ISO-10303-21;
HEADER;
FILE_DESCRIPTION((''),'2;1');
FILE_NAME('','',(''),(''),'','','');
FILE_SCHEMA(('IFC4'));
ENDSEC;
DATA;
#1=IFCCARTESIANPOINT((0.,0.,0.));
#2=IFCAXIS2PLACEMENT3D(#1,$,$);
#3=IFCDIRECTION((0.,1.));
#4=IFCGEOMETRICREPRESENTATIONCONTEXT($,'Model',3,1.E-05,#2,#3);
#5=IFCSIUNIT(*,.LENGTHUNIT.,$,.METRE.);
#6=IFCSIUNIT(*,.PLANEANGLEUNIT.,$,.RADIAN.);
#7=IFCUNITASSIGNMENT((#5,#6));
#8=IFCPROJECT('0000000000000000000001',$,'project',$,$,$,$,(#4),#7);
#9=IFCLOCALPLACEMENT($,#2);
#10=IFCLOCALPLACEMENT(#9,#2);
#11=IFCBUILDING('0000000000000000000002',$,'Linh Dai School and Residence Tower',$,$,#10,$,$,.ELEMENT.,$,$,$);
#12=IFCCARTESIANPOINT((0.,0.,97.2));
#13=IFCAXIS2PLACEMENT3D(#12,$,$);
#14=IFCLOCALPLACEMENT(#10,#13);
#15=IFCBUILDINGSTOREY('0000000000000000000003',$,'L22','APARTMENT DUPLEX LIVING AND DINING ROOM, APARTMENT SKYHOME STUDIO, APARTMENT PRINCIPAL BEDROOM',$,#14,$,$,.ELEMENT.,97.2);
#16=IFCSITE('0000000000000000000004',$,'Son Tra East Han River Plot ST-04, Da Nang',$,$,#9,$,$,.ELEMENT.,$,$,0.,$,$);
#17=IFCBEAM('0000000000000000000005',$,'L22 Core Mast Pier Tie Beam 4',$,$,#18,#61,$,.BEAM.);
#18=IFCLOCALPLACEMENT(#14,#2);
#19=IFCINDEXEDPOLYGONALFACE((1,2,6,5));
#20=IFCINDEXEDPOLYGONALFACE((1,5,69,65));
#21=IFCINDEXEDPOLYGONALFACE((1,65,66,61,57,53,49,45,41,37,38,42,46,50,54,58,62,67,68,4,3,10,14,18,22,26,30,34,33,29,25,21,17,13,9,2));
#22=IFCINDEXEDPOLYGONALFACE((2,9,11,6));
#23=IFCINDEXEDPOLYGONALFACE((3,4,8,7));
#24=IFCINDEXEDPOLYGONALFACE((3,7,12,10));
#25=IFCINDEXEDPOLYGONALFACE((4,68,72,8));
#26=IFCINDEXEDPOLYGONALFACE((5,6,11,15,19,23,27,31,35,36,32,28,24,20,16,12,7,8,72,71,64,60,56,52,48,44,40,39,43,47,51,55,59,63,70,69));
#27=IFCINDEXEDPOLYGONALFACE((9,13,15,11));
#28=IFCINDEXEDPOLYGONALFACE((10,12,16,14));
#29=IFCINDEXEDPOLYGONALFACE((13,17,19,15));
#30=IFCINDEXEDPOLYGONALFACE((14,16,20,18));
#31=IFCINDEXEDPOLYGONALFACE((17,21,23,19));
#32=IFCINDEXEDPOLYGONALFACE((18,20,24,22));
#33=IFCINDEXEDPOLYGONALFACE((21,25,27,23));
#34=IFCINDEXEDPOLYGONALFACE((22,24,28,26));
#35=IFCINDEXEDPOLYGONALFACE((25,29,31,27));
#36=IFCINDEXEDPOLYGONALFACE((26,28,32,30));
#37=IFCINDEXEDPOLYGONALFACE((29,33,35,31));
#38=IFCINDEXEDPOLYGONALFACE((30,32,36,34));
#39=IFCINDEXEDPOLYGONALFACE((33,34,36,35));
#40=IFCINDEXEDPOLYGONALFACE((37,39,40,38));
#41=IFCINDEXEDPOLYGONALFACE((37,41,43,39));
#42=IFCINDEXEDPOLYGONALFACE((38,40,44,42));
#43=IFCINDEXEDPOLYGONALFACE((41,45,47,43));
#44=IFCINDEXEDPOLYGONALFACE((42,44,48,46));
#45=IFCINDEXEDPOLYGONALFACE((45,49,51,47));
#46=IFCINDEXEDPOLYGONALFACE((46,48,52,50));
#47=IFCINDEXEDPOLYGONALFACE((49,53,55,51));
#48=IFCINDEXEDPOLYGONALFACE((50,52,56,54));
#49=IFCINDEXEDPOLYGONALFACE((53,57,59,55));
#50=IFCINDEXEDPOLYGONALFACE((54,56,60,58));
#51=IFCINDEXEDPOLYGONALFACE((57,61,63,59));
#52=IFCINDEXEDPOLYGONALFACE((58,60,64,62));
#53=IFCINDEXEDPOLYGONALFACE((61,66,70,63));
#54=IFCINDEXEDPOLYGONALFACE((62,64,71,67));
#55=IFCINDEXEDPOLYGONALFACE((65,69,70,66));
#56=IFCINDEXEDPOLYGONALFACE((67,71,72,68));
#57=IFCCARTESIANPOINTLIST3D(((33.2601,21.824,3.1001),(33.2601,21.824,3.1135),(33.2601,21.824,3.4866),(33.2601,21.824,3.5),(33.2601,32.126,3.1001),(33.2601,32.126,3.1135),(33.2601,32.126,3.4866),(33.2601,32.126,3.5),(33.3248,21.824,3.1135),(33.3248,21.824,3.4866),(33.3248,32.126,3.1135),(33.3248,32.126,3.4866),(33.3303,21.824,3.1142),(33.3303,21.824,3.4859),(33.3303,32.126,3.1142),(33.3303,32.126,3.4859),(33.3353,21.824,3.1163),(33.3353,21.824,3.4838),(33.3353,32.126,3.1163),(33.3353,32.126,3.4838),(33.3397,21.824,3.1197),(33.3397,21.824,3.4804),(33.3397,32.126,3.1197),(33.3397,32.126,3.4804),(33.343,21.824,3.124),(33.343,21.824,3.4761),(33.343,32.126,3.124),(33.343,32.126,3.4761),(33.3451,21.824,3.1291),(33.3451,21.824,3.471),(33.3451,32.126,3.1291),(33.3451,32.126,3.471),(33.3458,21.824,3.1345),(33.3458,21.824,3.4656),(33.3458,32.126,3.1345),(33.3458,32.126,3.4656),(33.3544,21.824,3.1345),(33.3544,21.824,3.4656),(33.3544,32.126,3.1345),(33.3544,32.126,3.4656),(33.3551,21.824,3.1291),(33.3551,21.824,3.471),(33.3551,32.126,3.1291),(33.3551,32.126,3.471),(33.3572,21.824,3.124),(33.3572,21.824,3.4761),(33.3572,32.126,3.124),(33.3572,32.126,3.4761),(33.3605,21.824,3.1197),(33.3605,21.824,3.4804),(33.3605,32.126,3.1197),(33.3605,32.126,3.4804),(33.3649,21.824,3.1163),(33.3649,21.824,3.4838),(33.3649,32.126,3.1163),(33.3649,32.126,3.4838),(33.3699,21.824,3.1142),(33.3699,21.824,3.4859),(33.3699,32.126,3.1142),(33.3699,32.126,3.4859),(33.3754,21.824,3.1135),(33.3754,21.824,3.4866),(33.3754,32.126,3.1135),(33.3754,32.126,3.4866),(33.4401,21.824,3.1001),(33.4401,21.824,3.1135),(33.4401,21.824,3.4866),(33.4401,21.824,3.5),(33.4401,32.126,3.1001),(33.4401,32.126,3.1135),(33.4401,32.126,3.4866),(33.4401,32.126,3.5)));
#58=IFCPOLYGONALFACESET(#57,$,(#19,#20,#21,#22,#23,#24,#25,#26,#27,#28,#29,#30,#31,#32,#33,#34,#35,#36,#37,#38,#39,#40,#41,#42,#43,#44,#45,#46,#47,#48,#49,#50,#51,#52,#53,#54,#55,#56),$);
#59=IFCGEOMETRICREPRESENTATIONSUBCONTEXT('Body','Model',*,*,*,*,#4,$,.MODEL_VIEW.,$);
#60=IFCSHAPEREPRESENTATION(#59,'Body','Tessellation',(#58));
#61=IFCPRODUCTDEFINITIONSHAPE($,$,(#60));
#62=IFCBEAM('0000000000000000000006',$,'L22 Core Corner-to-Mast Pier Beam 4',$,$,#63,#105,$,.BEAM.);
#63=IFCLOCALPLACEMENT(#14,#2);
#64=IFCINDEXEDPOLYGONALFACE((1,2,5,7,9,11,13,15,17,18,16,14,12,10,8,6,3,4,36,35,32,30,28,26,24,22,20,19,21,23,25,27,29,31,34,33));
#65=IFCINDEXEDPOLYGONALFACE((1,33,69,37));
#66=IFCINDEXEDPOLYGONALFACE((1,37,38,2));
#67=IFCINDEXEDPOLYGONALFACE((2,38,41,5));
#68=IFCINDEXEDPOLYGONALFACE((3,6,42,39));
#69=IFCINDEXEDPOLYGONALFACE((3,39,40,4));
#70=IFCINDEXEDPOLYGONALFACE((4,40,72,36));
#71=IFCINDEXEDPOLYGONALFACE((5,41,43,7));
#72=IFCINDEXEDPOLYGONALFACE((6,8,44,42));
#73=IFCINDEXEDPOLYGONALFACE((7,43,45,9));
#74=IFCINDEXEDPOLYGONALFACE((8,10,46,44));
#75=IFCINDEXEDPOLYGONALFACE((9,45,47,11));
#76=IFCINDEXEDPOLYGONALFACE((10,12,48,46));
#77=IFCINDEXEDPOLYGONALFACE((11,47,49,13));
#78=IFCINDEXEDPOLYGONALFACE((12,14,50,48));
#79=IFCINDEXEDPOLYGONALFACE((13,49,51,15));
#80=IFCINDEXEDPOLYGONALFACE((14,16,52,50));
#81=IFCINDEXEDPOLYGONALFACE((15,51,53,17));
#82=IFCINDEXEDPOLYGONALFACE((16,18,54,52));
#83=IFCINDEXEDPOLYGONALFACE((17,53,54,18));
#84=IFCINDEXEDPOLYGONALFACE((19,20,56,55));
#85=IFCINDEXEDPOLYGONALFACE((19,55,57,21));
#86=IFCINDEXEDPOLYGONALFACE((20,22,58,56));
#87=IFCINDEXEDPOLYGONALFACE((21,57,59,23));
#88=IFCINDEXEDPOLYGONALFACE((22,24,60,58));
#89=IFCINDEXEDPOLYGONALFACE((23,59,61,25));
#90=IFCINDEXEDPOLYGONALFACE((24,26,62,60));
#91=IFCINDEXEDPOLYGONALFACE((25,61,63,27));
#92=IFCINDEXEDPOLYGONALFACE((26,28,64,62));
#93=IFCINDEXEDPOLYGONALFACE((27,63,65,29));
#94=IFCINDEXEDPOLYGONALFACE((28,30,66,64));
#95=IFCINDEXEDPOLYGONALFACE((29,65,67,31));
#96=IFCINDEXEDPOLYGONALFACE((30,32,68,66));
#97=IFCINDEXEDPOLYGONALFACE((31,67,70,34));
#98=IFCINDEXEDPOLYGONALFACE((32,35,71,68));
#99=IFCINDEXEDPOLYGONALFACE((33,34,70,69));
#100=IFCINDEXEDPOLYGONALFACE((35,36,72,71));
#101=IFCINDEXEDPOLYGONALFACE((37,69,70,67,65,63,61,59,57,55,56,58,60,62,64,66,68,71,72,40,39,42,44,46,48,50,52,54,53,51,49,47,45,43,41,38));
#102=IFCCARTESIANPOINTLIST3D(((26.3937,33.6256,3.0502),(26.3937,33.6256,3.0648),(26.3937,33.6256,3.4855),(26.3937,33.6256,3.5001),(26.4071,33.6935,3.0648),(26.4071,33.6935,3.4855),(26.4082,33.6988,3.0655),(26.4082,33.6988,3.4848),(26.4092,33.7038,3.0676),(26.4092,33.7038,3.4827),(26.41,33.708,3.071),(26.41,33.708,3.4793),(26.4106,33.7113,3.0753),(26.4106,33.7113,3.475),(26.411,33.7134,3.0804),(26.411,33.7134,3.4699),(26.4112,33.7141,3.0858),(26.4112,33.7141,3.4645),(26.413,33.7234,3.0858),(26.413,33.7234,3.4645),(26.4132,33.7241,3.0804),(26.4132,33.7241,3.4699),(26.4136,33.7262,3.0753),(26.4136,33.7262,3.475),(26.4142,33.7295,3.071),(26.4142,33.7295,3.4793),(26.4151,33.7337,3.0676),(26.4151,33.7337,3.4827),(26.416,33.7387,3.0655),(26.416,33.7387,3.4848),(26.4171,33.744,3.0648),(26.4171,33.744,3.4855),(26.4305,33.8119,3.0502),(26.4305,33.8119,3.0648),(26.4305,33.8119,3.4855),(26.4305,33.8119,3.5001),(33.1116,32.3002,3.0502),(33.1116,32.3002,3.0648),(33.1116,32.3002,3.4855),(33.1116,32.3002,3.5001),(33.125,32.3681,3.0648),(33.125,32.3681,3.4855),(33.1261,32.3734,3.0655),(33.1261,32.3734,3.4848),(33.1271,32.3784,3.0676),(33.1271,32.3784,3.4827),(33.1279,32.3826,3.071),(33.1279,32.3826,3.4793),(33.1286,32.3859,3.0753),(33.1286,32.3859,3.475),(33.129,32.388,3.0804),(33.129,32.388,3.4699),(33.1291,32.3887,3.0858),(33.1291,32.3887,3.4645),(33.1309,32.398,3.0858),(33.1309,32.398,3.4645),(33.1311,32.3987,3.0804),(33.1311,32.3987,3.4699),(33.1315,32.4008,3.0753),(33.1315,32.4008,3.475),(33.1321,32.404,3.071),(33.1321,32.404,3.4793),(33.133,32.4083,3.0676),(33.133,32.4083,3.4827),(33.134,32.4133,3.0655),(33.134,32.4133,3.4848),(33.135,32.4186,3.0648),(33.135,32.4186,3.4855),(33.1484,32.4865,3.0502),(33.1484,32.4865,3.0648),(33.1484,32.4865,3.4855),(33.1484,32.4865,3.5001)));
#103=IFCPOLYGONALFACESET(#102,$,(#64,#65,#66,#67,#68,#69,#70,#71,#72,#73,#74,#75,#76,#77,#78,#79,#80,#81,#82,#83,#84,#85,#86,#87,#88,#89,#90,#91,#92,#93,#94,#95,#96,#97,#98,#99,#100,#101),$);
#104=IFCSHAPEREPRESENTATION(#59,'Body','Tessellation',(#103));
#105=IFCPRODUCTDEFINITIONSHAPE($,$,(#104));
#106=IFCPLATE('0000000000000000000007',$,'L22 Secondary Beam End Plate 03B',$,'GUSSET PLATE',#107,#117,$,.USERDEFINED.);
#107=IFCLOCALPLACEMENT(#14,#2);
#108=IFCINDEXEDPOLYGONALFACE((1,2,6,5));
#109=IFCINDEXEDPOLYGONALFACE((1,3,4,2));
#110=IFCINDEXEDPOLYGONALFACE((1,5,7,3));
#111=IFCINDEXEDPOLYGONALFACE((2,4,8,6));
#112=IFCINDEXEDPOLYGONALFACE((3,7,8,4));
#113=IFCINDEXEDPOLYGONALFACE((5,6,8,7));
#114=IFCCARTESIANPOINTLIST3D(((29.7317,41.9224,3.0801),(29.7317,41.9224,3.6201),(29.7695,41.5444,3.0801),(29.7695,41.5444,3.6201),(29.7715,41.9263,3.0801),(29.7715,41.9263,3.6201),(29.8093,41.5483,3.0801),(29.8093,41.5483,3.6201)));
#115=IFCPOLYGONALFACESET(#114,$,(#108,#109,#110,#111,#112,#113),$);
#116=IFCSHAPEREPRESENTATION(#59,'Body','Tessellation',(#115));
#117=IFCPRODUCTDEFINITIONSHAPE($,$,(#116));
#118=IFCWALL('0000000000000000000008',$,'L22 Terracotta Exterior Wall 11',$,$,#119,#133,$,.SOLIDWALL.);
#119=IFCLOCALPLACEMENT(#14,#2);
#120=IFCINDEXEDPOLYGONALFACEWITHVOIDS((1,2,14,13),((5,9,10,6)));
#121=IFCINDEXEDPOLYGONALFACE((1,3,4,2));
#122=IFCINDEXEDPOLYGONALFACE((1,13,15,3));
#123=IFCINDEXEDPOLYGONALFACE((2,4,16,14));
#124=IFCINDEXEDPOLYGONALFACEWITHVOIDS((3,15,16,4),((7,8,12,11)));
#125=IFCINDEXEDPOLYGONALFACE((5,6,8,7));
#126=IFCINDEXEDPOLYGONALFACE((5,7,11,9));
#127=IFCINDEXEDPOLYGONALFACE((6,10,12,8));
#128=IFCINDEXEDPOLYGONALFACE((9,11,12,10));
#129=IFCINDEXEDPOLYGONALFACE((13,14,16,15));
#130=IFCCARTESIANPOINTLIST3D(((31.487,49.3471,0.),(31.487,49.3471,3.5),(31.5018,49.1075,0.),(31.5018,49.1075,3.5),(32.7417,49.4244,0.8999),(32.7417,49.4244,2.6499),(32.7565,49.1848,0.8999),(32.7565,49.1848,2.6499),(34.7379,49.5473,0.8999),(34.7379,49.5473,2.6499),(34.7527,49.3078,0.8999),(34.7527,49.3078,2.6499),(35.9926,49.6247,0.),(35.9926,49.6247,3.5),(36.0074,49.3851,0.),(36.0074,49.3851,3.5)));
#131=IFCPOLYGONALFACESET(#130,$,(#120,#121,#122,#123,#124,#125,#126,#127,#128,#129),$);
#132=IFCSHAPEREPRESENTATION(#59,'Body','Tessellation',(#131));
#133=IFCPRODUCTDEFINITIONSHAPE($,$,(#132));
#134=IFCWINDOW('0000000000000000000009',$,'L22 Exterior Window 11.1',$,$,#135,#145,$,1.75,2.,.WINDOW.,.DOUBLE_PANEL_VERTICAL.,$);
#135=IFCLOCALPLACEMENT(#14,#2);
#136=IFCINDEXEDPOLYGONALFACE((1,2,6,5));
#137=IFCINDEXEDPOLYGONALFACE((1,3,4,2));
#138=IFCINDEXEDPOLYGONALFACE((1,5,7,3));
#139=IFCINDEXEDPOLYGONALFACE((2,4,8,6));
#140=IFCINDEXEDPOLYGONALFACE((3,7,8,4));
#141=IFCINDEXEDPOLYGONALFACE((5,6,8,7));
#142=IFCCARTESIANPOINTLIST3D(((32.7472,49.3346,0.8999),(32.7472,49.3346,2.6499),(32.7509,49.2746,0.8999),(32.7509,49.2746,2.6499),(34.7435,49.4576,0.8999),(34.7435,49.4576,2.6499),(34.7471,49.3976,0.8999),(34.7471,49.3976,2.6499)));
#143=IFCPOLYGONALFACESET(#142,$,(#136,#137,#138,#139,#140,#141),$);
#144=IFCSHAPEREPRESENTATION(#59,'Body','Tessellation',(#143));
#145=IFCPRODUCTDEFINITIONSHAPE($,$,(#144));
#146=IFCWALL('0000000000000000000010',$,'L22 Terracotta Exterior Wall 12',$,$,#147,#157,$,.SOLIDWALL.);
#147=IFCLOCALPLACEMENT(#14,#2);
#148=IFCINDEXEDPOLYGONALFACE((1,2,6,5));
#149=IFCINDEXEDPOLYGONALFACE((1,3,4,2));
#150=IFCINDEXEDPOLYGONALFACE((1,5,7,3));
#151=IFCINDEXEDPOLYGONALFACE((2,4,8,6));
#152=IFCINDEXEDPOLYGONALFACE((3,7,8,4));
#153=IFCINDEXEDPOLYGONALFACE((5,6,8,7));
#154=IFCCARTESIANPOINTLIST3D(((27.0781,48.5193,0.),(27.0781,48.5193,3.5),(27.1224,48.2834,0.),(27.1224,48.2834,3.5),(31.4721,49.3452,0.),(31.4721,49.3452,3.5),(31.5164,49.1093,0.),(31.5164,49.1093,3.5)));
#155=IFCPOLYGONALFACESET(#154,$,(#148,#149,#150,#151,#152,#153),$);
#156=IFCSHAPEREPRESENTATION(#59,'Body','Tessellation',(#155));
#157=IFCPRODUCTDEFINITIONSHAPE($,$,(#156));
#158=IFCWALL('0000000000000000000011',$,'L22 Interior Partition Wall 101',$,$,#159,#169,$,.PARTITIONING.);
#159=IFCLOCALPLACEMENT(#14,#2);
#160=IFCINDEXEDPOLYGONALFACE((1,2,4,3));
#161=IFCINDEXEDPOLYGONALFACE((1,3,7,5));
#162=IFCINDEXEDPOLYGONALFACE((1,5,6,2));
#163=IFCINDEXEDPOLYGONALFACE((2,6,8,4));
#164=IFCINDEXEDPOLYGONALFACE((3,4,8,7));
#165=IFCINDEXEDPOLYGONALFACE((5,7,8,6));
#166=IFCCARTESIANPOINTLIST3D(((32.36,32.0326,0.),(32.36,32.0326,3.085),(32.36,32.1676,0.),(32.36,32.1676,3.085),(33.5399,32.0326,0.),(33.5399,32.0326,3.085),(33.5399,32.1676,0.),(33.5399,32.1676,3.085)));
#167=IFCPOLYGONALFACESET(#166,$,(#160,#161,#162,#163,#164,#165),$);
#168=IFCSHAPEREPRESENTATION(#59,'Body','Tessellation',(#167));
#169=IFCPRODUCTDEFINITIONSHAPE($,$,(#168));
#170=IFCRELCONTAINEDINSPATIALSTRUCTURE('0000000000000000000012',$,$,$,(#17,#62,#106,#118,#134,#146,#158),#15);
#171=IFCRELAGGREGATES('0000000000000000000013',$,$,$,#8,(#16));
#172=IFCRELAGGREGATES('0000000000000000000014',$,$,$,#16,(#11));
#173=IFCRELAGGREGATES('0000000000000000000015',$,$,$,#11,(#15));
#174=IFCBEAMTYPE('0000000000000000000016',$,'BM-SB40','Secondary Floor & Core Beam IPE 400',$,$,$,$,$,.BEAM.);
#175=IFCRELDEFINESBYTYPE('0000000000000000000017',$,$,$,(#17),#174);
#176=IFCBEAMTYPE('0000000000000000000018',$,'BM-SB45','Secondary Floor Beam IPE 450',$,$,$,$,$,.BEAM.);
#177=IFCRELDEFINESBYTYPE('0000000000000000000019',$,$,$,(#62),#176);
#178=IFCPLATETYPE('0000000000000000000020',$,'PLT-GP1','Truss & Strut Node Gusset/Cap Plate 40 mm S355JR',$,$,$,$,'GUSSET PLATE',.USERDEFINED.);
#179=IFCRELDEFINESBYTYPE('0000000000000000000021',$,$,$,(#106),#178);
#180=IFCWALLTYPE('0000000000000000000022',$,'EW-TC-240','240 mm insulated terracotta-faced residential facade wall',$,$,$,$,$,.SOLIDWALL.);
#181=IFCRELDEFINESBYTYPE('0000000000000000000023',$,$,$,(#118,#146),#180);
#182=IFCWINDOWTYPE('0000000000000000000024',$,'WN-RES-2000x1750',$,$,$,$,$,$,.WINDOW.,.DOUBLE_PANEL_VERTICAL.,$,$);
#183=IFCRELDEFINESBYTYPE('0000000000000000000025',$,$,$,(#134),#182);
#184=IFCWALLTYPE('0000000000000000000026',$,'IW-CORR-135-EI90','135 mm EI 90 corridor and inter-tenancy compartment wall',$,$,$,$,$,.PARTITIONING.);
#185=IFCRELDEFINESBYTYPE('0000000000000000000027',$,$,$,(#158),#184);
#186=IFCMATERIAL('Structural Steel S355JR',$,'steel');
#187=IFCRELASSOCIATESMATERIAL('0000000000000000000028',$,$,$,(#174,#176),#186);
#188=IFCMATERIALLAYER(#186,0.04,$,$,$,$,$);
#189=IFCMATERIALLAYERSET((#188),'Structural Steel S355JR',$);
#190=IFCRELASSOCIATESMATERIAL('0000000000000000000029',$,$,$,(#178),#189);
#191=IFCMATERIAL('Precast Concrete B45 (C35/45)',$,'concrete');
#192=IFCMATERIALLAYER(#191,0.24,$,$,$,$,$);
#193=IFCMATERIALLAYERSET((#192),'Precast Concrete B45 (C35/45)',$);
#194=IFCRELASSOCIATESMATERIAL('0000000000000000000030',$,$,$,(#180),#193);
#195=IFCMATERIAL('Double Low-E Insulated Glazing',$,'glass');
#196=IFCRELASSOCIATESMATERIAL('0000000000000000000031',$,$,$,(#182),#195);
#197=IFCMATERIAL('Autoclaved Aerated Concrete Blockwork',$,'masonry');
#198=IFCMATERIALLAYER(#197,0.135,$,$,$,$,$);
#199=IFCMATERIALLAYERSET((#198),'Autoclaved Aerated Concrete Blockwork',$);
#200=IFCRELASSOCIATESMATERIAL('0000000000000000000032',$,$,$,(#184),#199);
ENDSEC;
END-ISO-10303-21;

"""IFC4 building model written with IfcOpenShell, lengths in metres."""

from ifc_helpers import new_model, si_unit, direction, frame, frame_2d, origin, origin_2d, place, context, subcontext, project, spatial, rectangle, i_section, extrude, source, transform, mapped, material, layer, layer_set, material_profile, profile_set, type_object, element, fill, save


model = new_model("IFC4")

# Units and contexts
model_context = context("Model", 3, precision=1e-05, world=origin(), true_north=direction((0.0, 1.0)))
body_context = subcontext(model_context, "Body", "Model", "MODEL_VIEW")
ifc_project = project(units=[si_unit("LENGTHUNIT", "METRE"), si_unit("PLANEANGLEUNIT", "RADIAN")], contexts=[model_context])

# Site, building, storey
site_placement = place(None, origin())
site = spatial("IfcSite", under=ifc_project, at=site_placement, Name="Son Tra East Han River Plot ST-04, Da Nang", CompositionType="ELEMENT", RefElevation=0.0)
building_placement = place(site_placement, origin())
building = spatial("IfcBuilding", under=site, at=building_placement, Name="Linh Dai School and Residence Tower", CompositionType="ELEMENT")
storey_placement = place(building_placement, frame((0.0, 0.0, 97.2)))
storey = spatial("IfcBuildingStorey", under=building, at=storey_placement, Name="L22", Description="APARTMENT DUPLEX LIVING AND DINING ROOM, APARTMENT SKYHOME STUDIO, APARTMENT PRINCIPAL BEDROOM", CompositionType="ELEMENT", Elevation=97.2)

# Shared definitions
ifc_material_1 = material(Name="Structural Steel S355JR", Category="steel")

# Beams
ifc_material_profile_1 = material_profile(ifc_material_1, i_section(OverallWidth=0.1799, OverallDepth=0.3999, WebThickness=0.0085, FlangeThickness=0.0134, FilletRadius=0.021, at=origin_2d()), Name="IPE 400")
ifc_profile_set_1 = profile_set([ifc_material_profile_1], Name="Structural Steel S355JR")
beam_type_1 = type_object("IfcBeamType", Name="BM-SB40", Description="Secondary Floor & Core Beam IPE 400", PredefinedType="BEAM", material=ifc_profile_set_1)
beam_1_placement = place(storey_placement, frame((33.3501, 32.126, 3.3), z_axis=(0.0, -1.0, 0.0), x_axis=(1.0, 0.0, 0.0)))
element("IfcBeam", 1, at=beam_1_placement, inside=storey, type_object=beam_type_1, Name="L22 Core Mast Pier Tie Beam 4", PredefinedType="BEAM", context=body_context, shape_type="SweptSolid", body=[
    extrude(i_section(OverallWidth=0.1799, OverallDepth=0.3999, WebThickness=0.0085, FlangeThickness=0.0134, FilletRadius=0.021, at=origin_2d()), origin(), (0.0, 0.0, 1.0), 10.302),
])
ifc_material_profile_2 = material_profile(ifc_material_1, i_section(OverallWidth=0.1899, OverallDepth=0.45, WebThickness=0.0095, FlangeThickness=0.0146, FilletRadius=0.021, at=origin_2d()), Name="IPE 450")
ifc_profile_set_2 = profile_set([ifc_material_profile_2], Name="Structural Steel S355JR")
beam_type_2 = type_object("IfcBeamType", Name="BM-SB45", Description="Secondary Floor Beam IPE 450", PredefinedType="BEAM", material=ifc_profile_set_2)
beam_2_placement = place(storey_placement, frame((26.4121, 33.7188, 3.2751), z_axis=(0.981087, -0.193565, 0.0), x_axis=(0.193565, 0.981087, 0.0)))
element("IfcBeam", 2, at=beam_2_placement, inside=storey, type_object=beam_type_2, Name="L22 Core Corner-to-Mast Pier Beam 4", PredefinedType="BEAM", context=body_context, shape_type="SweptSolid", body=[
    extrude(i_section(OverallWidth=0.1899, OverallDepth=0.45, WebThickness=0.0095, FlangeThickness=0.0146, FilletRadius=0.021, at=origin_2d()), origin(), (0.0, 0.0, 1.0), 6.8474),
])

# Plate
ifc_layer_1 = layer(ifc_material_1, 0.04)
ifc_layer_set_1 = layer_set([ifc_layer_1], Name="Structural Steel S355JR")
plate_type = type_object("IfcPlateType", Name="PLT-GP1", Description="Truss & Strut Node Gusset/Cap Plate 40 mm S355JR", ElementType="GUSSET PLATE", PredefinedType="USERDEFINED", material=ifc_layer_set_1)
shared_shape_1 = source(origin(), body_context, "Body", "SweptSolid", [
    extrude(rectangle(XDim=0.04, YDim=0.3799, at=origin_2d()), origin(), (0.0, 0.0, 1.0), 0.54),
])
plate_placement = place(storey_placement, frame((29.7705, 41.7354, 3.0801), z_axis=(0.0, 0.0, 1.0), x_axis=(-0.995042, -0.099458, 0.0)))
element("IfcPlate", 3, at=plate_placement, inside=storey, type_object=plate_type, Name="L22 Secondary Beam End Plate 03B", ObjectType="GUSSET PLATE", PredefinedType="USERDEFINED", context=body_context, shape_type="MappedRepresentation", body=[
    mapped(shared_shape_1, transform((0.0, 0.0, 0.0), x_axis=(1.0, 0.0, 0.0), y_axis=(0.0, 1.0, 0.0), z_axis=(0.0, 0.0, 1.0), scale=1.0)),
])

# Wall, opening, window
ifc_material_2 = material(Name="Precast Concrete B45 (C35/45)", Category="concrete")
ifc_layer_2 = layer(ifc_material_2, 0.24)
ifc_layer_set_2 = layer_set([ifc_layer_2], Name="Precast Concrete B45 (C35/45)")
wall_type_1 = type_object("IfcWallType", Name="EW-TC-240", Description="240 mm insulated terracotta-faced residential facade wall", PredefinedType="SOLIDWALL", material=ifc_layer_set_2)
wall_1_placement = place(storey_placement, frame((31.4944, 49.2273, 0.0), z_axis=(0.0, 0.0, 1.0), x_axis=(0.998108, 0.061493, 0.0)))
wall_1 = element("IfcWall", 4, at=wall_1_placement, inside=storey, type_object=wall_type_1, Name="L22 Terracotta Exterior Wall 11", PredefinedType="SOLIDWALL", context=body_context, shape_type="SweptSolid", body=[
    extrude(rectangle(XDim=4.5142, YDim=0.24, at=frame_2d((2.2571, 0.0))), origin(), (0.0, 0.0, 1.0), 3.5),
])
opening_1_placement = place(wall_1_placement, frame((1.2571, 0.0, 0.8999)))
opening_1 = element("IfcOpeningElement", 5, at=opening_1_placement, cuts=wall_1, PredefinedType="OPENING", context=body_context, shape_type="SweptSolid", body=[
    extrude(rectangle(XDim=2.0, YDim=1.75, at=origin_2d()), frame((1.0, 0.1299, 0.875), z_axis=(0.0, -1.0, 0.0), x_axis=(1.0, 0.0, 0.0)), (0.0, 0.0, 1.0), 0.26),
])
ifc_material_3 = material(Name="Double Low-E Insulated Glazing", Category="glass")
window_type = type_object("IfcWindowType", Name="WN-RES-2000x1750", PartitioningType="DOUBLE_PANEL_VERTICAL", PredefinedType="WINDOW", material=ifc_material_3)
shared_shape_2 = source(origin(), body_context, "Body", "SweptSolid", [
    extrude(rectangle(XDim=2.0, YDim=1.75, at=origin_2d()), frame((1.0, 0.03, 0.875), z_axis=(0.0, -1.0, 0.0), x_axis=(1.0, 0.0, 0.0)), (0.0, 0.0, 1.0), 0.0601),
])
window_placement = place(opening_1_placement, origin())
window = element("IfcWindow", 6, at=window_placement, inside=storey, type_object=window_type, Name="L22 Exterior Window 11.1", OverallHeight=1.75, OverallWidth=2.0, PartitioningType="DOUBLE_PANEL_VERTICAL", PredefinedType="WINDOW", context=body_context, shape_type="MappedRepresentation", body=[
    mapped(shared_shape_2, transform((0.0, 0.0, 0.0), x_axis=(1.0, 0.0, 0.0), y_axis=(0.0, 1.0, 0.0), z_axis=(0.0, 0.0, 1.0), scale=1.0)),
])
fill(opening_1, window)

# Walls
wall_2_placement = place(storey_placement, frame((27.1003, 48.4014, 0.0), z_axis=(0.0, 0.0, 1.0), x_axis=(0.982789, 0.18473, 0.0)))
element("IfcWall", 7, at=wall_2_placement, inside=storey, type_object=wall_type_1, Name="L22 Terracotta Exterior Wall 12", PredefinedType="SOLIDWALL", context=body_context, shape_type="SweptSolid", body=[
    extrude(rectangle(XDim=4.4709, YDim=0.24, at=frame_2d((2.2354, 0.0))), origin(), (0.0, 0.0, 1.0), 3.5),
])
ifc_material_4 = material(Name="Autoclaved Aerated Concrete Blockwork", Category="masonry")
ifc_layer_3 = layer(ifc_material_4, 0.135)
ifc_layer_set_3 = layer_set([ifc_layer_3], Name="Autoclaved Aerated Concrete Blockwork")
wall_type_2 = type_object("IfcWallType", Name="IW-CORR-135-EI90", Description="135 mm EI 90 corridor and inter-tenancy compartment wall", PredefinedType="PARTITIONING", material=ifc_layer_set_3)
wall_3_placement = place(storey_placement, frame((32.3601, 32.1001, 0.0), z_axis=(0.0, 0.0, 1.0), x_axis=(1.0, 0.0, 0.0)))
element("IfcWall", 8, at=wall_3_placement, inside=storey, type_object=wall_type_2, Name="L22 Interior Partition Wall 101", PredefinedType="PARTITIONING", context=body_context, shape_type="SweptSolid", body=[
    extrude(rectangle(XDim=1.1799, YDim=0.135, at=frame_2d((0.5898, 0.0))), origin(), (0.0, 0.0, 1.0), 3.085),
])

save(model, "model.ifc")
